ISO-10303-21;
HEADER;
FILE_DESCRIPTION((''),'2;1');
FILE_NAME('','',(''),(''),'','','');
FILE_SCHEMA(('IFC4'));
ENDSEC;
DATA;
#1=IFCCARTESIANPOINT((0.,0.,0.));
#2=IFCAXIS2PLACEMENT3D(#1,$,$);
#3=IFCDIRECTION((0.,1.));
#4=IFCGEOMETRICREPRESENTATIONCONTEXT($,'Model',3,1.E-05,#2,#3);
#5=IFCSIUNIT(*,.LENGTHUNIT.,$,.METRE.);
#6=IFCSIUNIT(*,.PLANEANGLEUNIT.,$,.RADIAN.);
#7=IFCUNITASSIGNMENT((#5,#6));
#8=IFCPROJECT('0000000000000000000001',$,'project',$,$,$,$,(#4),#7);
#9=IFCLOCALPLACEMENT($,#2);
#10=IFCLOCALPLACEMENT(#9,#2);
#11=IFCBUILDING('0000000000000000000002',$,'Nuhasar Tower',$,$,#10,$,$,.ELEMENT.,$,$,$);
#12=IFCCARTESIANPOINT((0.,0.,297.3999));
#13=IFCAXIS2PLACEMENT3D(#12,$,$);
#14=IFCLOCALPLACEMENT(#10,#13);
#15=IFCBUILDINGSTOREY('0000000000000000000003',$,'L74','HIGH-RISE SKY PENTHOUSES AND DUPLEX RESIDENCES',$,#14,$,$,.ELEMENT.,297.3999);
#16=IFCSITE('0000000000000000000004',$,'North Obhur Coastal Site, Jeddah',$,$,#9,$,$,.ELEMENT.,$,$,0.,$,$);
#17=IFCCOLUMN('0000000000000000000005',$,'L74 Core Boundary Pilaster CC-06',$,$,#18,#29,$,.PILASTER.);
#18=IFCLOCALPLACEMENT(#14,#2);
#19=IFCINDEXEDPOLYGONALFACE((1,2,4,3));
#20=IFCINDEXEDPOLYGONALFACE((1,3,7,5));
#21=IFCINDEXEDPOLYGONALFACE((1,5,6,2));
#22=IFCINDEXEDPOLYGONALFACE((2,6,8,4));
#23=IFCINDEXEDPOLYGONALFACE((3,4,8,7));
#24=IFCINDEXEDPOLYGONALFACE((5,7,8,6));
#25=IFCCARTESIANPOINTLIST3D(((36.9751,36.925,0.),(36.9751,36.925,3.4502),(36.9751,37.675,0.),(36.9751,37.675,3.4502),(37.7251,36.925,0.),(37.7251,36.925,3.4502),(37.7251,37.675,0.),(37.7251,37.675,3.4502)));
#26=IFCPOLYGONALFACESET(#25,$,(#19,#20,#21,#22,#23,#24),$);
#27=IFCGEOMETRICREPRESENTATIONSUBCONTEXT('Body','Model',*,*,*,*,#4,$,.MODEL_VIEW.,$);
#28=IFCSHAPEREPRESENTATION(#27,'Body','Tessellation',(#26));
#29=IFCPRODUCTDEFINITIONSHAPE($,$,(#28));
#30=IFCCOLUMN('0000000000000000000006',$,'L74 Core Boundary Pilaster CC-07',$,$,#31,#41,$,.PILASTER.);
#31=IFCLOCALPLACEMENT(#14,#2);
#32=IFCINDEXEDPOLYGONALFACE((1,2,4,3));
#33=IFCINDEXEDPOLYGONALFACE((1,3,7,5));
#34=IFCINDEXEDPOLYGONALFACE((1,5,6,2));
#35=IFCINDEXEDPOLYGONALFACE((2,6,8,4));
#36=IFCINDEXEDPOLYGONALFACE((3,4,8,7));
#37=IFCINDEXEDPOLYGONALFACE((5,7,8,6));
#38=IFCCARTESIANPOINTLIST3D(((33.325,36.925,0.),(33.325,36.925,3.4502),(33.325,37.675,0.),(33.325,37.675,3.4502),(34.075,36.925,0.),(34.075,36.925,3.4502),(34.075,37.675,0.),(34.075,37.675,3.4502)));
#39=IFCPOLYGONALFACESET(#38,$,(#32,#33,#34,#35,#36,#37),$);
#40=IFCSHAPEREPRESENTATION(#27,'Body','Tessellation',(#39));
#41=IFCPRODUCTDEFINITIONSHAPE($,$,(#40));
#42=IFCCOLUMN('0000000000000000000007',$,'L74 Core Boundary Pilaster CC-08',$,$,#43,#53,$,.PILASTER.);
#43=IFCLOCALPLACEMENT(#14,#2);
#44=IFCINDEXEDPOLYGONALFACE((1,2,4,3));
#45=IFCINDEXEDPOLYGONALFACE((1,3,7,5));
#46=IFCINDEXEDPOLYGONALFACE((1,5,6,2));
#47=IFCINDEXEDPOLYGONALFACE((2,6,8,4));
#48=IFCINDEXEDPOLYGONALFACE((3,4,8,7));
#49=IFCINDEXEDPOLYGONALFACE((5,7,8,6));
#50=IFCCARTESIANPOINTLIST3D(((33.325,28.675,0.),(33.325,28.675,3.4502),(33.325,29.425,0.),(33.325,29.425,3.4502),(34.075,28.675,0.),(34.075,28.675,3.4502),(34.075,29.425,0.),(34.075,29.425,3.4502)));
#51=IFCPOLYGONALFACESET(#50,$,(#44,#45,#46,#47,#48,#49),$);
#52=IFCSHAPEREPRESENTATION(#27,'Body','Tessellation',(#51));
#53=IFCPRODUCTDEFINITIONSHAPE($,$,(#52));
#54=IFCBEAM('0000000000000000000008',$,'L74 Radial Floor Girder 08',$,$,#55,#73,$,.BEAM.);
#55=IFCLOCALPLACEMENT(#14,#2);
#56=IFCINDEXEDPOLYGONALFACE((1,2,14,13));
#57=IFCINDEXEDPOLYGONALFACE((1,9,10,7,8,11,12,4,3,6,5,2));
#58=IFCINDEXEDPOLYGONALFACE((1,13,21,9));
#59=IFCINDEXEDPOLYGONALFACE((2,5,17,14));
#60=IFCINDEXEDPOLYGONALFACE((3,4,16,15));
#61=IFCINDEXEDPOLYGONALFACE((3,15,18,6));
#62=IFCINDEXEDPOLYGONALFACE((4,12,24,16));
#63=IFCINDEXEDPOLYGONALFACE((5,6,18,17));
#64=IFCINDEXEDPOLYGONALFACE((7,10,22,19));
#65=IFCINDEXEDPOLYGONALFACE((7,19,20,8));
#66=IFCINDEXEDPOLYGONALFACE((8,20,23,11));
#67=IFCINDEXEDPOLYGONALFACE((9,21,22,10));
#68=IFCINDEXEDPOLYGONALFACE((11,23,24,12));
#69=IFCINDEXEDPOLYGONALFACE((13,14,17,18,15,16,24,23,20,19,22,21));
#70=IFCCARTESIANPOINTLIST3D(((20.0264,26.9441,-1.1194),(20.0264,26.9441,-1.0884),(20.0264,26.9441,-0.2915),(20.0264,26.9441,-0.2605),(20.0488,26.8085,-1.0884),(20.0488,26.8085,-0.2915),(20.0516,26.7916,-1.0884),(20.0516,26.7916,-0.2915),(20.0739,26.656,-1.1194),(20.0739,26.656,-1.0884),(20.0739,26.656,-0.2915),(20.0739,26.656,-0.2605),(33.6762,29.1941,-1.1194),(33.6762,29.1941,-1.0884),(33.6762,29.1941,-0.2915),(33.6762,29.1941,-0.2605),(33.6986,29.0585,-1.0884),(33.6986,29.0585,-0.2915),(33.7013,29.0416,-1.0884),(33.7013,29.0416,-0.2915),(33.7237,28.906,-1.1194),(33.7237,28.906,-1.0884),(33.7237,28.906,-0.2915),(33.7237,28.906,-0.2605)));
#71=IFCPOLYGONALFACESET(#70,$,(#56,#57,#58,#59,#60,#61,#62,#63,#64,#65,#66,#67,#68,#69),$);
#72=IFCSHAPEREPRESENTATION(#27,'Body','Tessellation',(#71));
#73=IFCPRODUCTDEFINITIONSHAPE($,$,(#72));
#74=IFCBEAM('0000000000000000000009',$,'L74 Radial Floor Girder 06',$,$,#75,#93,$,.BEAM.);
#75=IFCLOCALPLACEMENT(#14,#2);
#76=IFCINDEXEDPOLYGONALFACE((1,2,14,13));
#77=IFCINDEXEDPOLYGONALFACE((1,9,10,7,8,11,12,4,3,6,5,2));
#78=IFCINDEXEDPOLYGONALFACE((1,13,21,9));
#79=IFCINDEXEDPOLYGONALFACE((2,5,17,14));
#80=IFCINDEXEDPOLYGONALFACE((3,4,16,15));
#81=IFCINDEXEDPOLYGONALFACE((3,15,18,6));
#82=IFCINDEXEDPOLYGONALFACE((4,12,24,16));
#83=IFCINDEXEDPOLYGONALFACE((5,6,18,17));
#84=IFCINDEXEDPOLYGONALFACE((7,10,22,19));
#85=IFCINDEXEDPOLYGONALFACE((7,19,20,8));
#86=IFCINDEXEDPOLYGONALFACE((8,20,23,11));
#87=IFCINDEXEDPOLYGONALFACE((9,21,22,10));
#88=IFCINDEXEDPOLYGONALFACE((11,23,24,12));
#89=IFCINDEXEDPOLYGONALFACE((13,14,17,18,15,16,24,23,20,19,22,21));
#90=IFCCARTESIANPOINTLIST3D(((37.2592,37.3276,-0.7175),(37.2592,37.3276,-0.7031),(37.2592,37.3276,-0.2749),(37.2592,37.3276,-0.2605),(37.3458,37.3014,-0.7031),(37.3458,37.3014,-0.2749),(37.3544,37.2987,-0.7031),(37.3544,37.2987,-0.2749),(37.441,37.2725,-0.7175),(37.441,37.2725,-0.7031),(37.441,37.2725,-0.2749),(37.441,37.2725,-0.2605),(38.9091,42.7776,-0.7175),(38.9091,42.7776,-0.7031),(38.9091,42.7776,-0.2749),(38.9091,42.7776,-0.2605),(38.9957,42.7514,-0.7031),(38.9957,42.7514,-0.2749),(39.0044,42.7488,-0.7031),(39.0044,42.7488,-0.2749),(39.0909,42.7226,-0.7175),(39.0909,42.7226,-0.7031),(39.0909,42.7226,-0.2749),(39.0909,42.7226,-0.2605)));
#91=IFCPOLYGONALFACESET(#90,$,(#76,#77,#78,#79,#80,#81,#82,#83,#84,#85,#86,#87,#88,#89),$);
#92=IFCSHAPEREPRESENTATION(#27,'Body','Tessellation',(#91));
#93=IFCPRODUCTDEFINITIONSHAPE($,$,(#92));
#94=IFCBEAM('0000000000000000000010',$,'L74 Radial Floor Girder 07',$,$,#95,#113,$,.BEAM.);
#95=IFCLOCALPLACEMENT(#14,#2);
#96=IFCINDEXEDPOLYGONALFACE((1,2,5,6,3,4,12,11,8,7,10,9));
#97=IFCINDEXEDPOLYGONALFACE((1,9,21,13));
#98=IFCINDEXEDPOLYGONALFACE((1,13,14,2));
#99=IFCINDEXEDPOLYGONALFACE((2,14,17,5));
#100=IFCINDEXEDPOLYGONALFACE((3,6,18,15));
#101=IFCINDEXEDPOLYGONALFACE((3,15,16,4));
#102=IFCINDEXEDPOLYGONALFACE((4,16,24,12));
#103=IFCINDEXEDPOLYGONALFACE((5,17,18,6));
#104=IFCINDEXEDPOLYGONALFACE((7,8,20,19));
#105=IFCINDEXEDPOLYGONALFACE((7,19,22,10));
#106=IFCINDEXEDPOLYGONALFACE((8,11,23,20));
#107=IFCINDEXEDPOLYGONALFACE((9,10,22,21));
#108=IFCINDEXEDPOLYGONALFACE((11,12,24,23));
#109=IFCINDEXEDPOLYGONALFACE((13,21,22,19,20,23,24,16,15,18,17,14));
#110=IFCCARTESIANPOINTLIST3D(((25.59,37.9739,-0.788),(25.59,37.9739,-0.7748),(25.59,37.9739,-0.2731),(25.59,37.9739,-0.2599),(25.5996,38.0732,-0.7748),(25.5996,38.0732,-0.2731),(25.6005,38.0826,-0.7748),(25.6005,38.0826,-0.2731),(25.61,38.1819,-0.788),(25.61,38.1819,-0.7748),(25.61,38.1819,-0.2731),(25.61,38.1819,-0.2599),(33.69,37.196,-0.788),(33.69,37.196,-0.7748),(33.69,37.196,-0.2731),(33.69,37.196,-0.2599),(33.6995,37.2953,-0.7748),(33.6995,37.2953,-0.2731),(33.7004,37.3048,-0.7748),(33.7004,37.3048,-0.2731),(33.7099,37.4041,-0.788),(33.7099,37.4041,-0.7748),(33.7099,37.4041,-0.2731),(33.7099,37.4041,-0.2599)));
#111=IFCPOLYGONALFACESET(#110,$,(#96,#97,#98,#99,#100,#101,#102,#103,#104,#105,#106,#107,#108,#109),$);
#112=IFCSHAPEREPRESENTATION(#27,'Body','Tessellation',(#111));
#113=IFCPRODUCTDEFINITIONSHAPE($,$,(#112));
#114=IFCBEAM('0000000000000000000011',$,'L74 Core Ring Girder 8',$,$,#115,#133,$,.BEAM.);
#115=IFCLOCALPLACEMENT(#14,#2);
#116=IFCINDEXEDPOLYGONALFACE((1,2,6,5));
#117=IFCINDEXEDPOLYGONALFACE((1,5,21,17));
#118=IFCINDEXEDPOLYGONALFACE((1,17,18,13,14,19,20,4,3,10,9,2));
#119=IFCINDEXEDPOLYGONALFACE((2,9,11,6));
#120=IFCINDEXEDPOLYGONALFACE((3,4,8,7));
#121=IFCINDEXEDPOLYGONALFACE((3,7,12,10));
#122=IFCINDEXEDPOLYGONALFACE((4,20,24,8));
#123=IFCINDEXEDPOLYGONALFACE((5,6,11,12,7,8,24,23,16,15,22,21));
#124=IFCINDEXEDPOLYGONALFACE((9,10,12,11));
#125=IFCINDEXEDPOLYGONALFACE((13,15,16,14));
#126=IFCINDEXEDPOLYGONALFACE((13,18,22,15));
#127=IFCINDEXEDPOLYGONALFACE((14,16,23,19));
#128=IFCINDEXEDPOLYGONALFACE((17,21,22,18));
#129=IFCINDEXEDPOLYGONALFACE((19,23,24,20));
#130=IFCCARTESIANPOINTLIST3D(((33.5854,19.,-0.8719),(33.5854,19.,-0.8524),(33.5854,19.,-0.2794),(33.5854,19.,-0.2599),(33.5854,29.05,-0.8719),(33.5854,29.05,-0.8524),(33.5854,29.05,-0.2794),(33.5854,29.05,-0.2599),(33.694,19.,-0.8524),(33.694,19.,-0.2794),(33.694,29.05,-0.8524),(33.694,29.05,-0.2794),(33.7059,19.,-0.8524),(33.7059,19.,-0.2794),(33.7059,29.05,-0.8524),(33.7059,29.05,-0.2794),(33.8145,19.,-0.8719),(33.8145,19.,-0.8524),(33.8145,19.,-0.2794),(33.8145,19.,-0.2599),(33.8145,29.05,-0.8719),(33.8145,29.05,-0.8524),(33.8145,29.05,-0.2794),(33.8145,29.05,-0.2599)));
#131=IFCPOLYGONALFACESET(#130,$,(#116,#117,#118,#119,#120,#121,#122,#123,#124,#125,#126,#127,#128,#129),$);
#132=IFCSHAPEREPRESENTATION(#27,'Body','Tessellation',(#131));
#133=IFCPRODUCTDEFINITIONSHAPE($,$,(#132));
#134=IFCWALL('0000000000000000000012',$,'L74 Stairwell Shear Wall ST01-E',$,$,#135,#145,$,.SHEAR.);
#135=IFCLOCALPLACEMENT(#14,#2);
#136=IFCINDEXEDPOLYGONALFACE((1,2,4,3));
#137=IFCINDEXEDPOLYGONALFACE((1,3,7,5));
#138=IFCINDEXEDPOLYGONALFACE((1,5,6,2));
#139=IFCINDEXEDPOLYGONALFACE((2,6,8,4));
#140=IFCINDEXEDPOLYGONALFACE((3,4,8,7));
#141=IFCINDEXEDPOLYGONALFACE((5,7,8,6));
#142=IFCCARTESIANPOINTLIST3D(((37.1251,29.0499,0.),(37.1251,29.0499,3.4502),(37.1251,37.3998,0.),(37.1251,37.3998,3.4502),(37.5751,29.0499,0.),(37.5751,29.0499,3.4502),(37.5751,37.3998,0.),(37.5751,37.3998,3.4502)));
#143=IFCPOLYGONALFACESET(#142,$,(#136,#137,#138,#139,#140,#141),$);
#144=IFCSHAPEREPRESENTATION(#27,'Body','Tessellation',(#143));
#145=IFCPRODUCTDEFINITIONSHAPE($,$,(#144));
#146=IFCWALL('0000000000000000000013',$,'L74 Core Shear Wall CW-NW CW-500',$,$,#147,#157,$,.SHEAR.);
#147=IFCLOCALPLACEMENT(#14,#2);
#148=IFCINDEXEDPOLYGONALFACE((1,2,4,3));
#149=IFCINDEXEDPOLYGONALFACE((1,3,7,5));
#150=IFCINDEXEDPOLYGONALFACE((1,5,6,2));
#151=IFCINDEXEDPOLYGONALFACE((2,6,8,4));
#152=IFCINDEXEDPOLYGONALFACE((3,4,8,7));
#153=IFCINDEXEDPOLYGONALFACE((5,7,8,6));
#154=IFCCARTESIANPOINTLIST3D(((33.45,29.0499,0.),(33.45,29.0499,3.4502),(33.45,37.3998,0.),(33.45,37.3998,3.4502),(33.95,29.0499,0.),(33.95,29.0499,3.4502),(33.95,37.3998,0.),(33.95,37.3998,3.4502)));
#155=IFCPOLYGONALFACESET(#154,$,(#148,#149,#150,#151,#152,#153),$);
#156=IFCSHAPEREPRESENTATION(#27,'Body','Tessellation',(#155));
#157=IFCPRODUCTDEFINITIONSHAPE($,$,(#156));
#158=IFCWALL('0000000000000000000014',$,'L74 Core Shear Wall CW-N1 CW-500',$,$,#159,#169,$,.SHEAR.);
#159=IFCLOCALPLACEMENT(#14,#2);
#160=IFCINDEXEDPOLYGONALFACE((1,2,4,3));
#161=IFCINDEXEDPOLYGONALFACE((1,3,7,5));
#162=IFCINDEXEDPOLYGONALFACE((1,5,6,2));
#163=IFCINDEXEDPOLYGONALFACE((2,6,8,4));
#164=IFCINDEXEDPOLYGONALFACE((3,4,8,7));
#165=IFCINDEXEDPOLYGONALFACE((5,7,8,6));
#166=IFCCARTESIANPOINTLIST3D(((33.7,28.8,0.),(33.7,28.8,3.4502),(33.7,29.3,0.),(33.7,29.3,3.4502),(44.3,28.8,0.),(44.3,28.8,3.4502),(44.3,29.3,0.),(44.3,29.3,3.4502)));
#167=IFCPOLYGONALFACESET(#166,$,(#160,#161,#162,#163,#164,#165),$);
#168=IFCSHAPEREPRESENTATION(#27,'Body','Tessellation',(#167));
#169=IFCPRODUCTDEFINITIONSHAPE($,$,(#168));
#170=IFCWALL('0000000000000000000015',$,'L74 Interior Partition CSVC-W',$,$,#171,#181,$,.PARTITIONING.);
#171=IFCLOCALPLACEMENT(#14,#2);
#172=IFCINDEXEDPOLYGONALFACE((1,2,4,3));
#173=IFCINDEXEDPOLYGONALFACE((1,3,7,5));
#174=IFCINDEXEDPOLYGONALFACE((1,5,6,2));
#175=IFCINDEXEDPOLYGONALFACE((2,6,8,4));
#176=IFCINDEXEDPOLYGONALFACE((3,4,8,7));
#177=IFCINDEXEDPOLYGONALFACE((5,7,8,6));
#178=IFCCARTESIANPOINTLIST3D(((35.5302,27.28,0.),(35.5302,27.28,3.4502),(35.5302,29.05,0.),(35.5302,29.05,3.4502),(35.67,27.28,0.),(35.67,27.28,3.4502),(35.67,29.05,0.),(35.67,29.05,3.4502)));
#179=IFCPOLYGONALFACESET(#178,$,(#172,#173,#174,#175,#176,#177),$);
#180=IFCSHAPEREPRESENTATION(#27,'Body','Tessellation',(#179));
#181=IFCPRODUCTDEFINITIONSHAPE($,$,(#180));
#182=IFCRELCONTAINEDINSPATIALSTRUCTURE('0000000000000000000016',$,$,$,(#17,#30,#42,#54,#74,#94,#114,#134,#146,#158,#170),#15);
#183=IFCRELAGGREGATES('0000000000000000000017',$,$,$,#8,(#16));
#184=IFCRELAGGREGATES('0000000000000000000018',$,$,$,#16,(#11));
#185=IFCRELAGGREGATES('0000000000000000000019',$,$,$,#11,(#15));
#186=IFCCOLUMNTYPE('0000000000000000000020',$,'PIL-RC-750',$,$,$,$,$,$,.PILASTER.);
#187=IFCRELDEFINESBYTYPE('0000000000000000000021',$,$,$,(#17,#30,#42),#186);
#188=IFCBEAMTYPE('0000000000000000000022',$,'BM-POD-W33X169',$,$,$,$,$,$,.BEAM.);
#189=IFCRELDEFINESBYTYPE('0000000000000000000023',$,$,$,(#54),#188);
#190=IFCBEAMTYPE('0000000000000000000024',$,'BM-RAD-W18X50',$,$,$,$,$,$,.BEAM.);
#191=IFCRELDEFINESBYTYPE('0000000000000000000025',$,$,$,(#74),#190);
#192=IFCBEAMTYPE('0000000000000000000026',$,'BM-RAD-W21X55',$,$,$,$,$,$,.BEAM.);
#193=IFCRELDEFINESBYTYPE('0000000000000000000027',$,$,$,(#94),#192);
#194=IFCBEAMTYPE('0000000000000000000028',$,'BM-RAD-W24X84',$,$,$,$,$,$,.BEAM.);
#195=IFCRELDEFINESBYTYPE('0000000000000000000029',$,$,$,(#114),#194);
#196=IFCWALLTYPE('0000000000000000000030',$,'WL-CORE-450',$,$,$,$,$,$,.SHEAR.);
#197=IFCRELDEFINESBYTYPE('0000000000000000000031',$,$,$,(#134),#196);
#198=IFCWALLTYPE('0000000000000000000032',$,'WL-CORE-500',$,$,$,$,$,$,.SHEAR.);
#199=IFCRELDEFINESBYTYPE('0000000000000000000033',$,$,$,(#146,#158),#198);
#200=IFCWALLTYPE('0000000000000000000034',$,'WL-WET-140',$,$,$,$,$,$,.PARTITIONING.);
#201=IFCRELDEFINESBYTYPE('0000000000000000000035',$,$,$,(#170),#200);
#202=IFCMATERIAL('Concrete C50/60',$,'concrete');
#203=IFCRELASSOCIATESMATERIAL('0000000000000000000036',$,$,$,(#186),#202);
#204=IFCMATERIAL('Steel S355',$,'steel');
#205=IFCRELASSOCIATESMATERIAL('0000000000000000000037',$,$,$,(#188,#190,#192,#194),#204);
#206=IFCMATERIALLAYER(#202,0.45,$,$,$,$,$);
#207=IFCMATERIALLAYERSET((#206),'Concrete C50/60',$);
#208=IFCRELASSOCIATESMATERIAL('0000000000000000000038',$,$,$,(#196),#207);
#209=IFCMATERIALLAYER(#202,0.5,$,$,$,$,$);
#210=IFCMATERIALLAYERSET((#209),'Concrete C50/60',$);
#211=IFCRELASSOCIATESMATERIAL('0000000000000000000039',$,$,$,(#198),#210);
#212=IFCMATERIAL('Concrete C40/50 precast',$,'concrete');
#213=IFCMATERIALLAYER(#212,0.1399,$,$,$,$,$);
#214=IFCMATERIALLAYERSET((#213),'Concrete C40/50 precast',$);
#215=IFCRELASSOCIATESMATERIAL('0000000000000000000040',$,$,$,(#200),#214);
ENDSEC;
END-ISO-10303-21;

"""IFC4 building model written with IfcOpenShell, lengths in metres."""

from ifc_helpers import new_model, si_unit, direction, frame, frame_2d, origin, origin_2d, place, context, subcontext, project, spatial, rectangle, i_section, extrude, material, layer, layer_set, material_profile, profile_set, type_object, element, save


model = new_model("IFC4")

# Units and contexts
model_context = context("Model", 3, precision=1e-05, world=origin(), true_north=direction((0.0, 1.0)))
body_context = subcontext(model_context, "Body", "Model", "MODEL_VIEW")
ifc_project = project(units=[si_unit("LENGTHUNIT", "METRE"), si_unit("PLANEANGLEUNIT", "RADIAN")], contexts=[model_context])

# Site, building, storey
site_placement = place(None, origin())
site = spatial("IfcSite", under=ifc_project, at=site_placement, Name="North Obhur Coastal Site, Jeddah", CompositionType="ELEMENT", RefElevation=0.0)
building_placement = place(site_placement, origin())
building = spatial("IfcBuilding", under=site, at=building_placement, Name="Nuhasar Tower", CompositionType="ELEMENT")
storey_placement = place(building_placement, frame((0.0, 0.0, 297.3999)))
storey = spatial("IfcBuildingStorey", under=building, at=storey_placement, Name="L74", Description="HIGH-RISE SKY PENTHOUSES AND DUPLEX RESIDENCES", CompositionType="ELEMENT", Elevation=297.3999)

# Columns
ifc_material_1 = material(Name="Concrete C50/60", Category="concrete")
ifc_material_profile_1 = material_profile(ifc_material_1, rectangle(XDim=0.75, YDim=0.75, at=origin_2d()), Name="RC750X750")
ifc_profile_set_1 = profile_set([ifc_material_profile_1], Name="Concrete C50/60")
column_type = type_object("IfcColumnType", Name="PIL-RC-750", PredefinedType="PILASTER", material=ifc_profile_set_1)
for number, where, z_axis, x_axis, name in (
    (1, (37.3501, 37.3, 0.0), (0.0, 0.0, 1.0), (1.0, 0.0, 0.0), "L74 Core Boundary Pilaster CC-06"),
    (2, (33.7, 37.3, 0.0), (0.0, 0.0, 1.0), (1.0, 0.0, 0.0), "L74 Core Boundary Pilaster CC-07"),
    (3, (33.7, 29.05, 0.0), (0.0, 0.0, 1.0), (1.0, 0.0, 0.0), "L74 Core Boundary Pilaster CC-08"),
):
    element("IfcColumn", number, at=place(storey_placement, frame(where, z_axis=z_axis, x_axis=x_axis)), inside=storey, type_object=column_type, Name=name, PredefinedType="PILASTER", context=body_context, shape_type="SweptSolid", body=[
        extrude(rectangle(XDim=0.75, YDim=0.75, at=origin_2d()), origin(), (0.0, 0.0, 1.0), 3.4502),
    ])

# Beams
ifc_material_2 = material(Name="Steel S355", Category="steel")
ifc_material_profile_2 = material_profile(ifc_material_2, i_section(OverallWidth=0.292, OverallDepth=0.8589, WebThickness=0.0171, FlangeThickness=0.031, at=origin_2d()), Name="W33X169")
ifc_profile_set_2 = profile_set([ifc_material_profile_2], Name="Steel S355")
beam_type_1 = type_object("IfcBeamType", Name="BM-POD-W33X169", PredefinedType="BEAM", material=ifc_profile_set_2)
beam_1_placement = place(storey_placement, frame((33.7, 29.05, -0.6899), z_axis=(-0.986685, -0.162642, 0.0), x_axis=(0.162642, -0.986685, 0.0)))
element("IfcBeam", 4, at=beam_1_placement, inside=storey, type_object=beam_type_1, Name="L74 Radial Floor Girder 08", PredefinedType="BEAM", context=body_context, shape_type="SweptSolid", body=[
    extrude(i_section(OverallWidth=0.292, OverallDepth=0.8589, WebThickness=0.0171, FlangeThickness=0.031, at=origin_2d()), origin(), (0.0, 0.0, 1.0), 13.834),
])
ifc_material_profile_3 = material_profile(ifc_material_2, i_section(OverallWidth=0.1899, OverallDepth=0.457, WebThickness=0.009, FlangeThickness=0.0144, at=origin_2d()), Name="W18X50")
ifc_profile_set_3 = profile_set([ifc_material_profile_3], Name="Steel S355")
beam_type_2 = type_object("IfcBeamType", Name="BM-RAD-W18X50", PredefinedType="BEAM", material=ifc_profile_set_3)
beam_2_placement = place(storey_placement, frame((37.3501, 37.3, -0.489), z_axis=(0.28975, 0.957102, 0.0), x_axis=(-0.957102, 0.28975, 0.0)))
element("IfcBeam", 5, at=beam_2_placement, inside=storey, type_object=beam_type_2, Name="L74 Radial Floor Girder 06", PredefinedType="BEAM", context=body_context, shape_type="SweptSolid", body=[
    extrude(i_section(OverallWidth=0.1899, OverallDepth=0.457, WebThickness=0.009, FlangeThickness=0.0144, at=origin_2d()), origin(), (0.0, 0.0, 1.0), 5.6943),
])
ifc_material_profile_4 = material_profile(ifc_material_2, i_section(OverallWidth=0.209, OverallDepth=0.5281, WebThickness=0.0095, FlangeThickness=0.0132, at=origin_2d()), Name="W21X55")
ifc_profile_set_4 = profile_set([ifc_material_profile_4], Name="Steel S355")
beam_type_3 = type_object("IfcBeamType", Name="BM-RAD-W21X55", PredefinedType="BEAM", material=ifc_profile_set_4)
beam_3_placement = place(storey_placement, frame((33.7, 37.3, -0.5239), z_axis=(-0.995421, 0.095591, 0.0), x_axis=(-0.095591, -0.995421, 0.0)))
element("IfcBeam", 6, at=beam_3_placement, inside=storey, type_object=beam_type_3, Name="L74 Radial Floor Girder 07", PredefinedType="BEAM", context=body_context, shape_type="SweptSolid", body=[
    extrude(i_section(OverallWidth=0.209, OverallDepth=0.5281, WebThickness=0.0095, FlangeThickness=0.0132, at=origin_2d()), origin(), (0.0, 0.0, 1.0), 8.1372),
])
ifc_material_profile_5 = material_profile(ifc_material_2, i_section(OverallWidth=0.229, OverallDepth=0.6121, WebThickness=0.012, FlangeThickness=0.0195, at=origin_2d()), Name="W24X84")
ifc_profile_set_5 = profile_set([ifc_material_profile_5], Name="Steel S355")
beam_type_4 = type_object("IfcBeamType", Name="BM-RAD-W24X84", PredefinedType="BEAM", material=ifc_profile_set_5)
beam_4_placement = place(storey_placement, frame((33.7, 29.05, -0.5659), z_axis=(0.0, -1.0, 0.0), x_axis=(1.0, 0.0, 0.0)))
element("IfcBeam", 7, at=beam_4_placement, inside=storey, type_object=beam_type_4, Name="L74 Core Ring Girder 8", PredefinedType="BEAM", context=body_context, shape_type="SweptSolid", body=[
    extrude(i_section(OverallWidth=0.229, OverallDepth=0.6121, WebThickness=0.012, FlangeThickness=0.0195, at=origin_2d()), origin(), (0.0, 0.0, 1.0), 10.05),
])

# Walls
ifc_layer_1 = layer(ifc_material_1, 0.45)
ifc_layer_set_1 = layer_set([ifc_layer_1], Name="Concrete C50/60")
wall_type_1 = type_object("IfcWallType", Name="WL-CORE-450", PredefinedType="SHEAR", material=ifc_layer_set_1)
wall_1_placement = place(storey_placement, frame((37.3501, 29.05, 0.0), z_axis=(0.0, 0.0, 1.0), x_axis=(0.0, 1.0, 0.0)))
element("IfcWall", 8, at=wall_1_placement, inside=storey, type_object=wall_type_1, Name="L74 Stairwell Shear Wall ST01-E", PredefinedType="SHEAR", context=body_context, shape_type="SweptSolid", body=[
    extrude(rectangle(XDim=8.3499, YDim=0.45, at=frame_2d((4.1748, 0.0))), origin(), (0.0, 0.0, 1.0), 3.4502),
])
ifc_layer_2 = layer(ifc_material_1, 0.5)
ifc_layer_set_2 = layer_set([ifc_layer_2], Name="Concrete C50/60")
wall_type_2 = type_object("IfcWallType", Name="WL-CORE-500", PredefinedType="SHEAR", material=ifc_layer_set_2)
wall_2_placement = place(storey_placement, frame((33.7, 29.05, 0.0), z_axis=(0.0, 0.0, 1.0), x_axis=(0.0, 1.0, 0.0)))
element("IfcWall", 9, at=wall_2_placement, inside=storey, type_object=wall_type_2, Name="L74 Core Shear Wall CW-NW CW-500", PredefinedType="SHEAR", context=body_context, shape_type="SweptSolid", body=[
    extrude(rectangle(XDim=8.3499, YDim=0.5, at=frame_2d((4.1748, 0.0))), origin(), (0.0, 0.0, 1.0), 3.4502),
])
wall_3_placement = place(storey_placement, frame((33.7, 29.05, 0.0), z_axis=(0.0, 0.0, 1.0), x_axis=(1.0, 0.0, 0.0)))
element("IfcWall", 10, at=wall_3_placement, inside=storey, type_object=wall_type_2, Name="L74 Core Shear Wall CW-N1 CW-500", PredefinedType="SHEAR", context=body_context, shape_type="SweptSolid", body=[
    extrude(rectangle(XDim=10.6001, YDim=0.5, at=frame_2d((5.3, 0.0))), origin(), (0.0, 0.0, 1.0), 3.4502),
])
ifc_material_3 = material(Name="Concrete C40/50 precast", Category="concrete")
ifc_layer_3 = layer(ifc_material_3, 0.1399)
ifc_layer_set_3 = layer_set([ifc_layer_3], Name="Concrete C40/50 precast")
wall_type_3 = type_object("IfcWallType", Name="WL-WET-140", PredefinedType="PARTITIONING", material=ifc_layer_set_3)
wall_4_placement = place(storey_placement, frame((35.6001, 27.28, 0.0), z_axis=(0.0, 0.0, 1.0), x_axis=(0.0, 1.0, 0.0)))
element("IfcWall", 11, at=wall_4_placement, inside=storey, type_object=wall_type_3, Name="L74 Interior Partition CSVC-W", PredefinedType="PARTITIONING", context=body_context, shape_type="SweptSolid", body=[
    extrude(rectangle(XDim=1.77, YDim=0.1399, at=frame_2d((0.885, 0.0))), origin(), (0.0, 0.0, 1.0), 3.4502),
])

save(model, "model.ifc")
